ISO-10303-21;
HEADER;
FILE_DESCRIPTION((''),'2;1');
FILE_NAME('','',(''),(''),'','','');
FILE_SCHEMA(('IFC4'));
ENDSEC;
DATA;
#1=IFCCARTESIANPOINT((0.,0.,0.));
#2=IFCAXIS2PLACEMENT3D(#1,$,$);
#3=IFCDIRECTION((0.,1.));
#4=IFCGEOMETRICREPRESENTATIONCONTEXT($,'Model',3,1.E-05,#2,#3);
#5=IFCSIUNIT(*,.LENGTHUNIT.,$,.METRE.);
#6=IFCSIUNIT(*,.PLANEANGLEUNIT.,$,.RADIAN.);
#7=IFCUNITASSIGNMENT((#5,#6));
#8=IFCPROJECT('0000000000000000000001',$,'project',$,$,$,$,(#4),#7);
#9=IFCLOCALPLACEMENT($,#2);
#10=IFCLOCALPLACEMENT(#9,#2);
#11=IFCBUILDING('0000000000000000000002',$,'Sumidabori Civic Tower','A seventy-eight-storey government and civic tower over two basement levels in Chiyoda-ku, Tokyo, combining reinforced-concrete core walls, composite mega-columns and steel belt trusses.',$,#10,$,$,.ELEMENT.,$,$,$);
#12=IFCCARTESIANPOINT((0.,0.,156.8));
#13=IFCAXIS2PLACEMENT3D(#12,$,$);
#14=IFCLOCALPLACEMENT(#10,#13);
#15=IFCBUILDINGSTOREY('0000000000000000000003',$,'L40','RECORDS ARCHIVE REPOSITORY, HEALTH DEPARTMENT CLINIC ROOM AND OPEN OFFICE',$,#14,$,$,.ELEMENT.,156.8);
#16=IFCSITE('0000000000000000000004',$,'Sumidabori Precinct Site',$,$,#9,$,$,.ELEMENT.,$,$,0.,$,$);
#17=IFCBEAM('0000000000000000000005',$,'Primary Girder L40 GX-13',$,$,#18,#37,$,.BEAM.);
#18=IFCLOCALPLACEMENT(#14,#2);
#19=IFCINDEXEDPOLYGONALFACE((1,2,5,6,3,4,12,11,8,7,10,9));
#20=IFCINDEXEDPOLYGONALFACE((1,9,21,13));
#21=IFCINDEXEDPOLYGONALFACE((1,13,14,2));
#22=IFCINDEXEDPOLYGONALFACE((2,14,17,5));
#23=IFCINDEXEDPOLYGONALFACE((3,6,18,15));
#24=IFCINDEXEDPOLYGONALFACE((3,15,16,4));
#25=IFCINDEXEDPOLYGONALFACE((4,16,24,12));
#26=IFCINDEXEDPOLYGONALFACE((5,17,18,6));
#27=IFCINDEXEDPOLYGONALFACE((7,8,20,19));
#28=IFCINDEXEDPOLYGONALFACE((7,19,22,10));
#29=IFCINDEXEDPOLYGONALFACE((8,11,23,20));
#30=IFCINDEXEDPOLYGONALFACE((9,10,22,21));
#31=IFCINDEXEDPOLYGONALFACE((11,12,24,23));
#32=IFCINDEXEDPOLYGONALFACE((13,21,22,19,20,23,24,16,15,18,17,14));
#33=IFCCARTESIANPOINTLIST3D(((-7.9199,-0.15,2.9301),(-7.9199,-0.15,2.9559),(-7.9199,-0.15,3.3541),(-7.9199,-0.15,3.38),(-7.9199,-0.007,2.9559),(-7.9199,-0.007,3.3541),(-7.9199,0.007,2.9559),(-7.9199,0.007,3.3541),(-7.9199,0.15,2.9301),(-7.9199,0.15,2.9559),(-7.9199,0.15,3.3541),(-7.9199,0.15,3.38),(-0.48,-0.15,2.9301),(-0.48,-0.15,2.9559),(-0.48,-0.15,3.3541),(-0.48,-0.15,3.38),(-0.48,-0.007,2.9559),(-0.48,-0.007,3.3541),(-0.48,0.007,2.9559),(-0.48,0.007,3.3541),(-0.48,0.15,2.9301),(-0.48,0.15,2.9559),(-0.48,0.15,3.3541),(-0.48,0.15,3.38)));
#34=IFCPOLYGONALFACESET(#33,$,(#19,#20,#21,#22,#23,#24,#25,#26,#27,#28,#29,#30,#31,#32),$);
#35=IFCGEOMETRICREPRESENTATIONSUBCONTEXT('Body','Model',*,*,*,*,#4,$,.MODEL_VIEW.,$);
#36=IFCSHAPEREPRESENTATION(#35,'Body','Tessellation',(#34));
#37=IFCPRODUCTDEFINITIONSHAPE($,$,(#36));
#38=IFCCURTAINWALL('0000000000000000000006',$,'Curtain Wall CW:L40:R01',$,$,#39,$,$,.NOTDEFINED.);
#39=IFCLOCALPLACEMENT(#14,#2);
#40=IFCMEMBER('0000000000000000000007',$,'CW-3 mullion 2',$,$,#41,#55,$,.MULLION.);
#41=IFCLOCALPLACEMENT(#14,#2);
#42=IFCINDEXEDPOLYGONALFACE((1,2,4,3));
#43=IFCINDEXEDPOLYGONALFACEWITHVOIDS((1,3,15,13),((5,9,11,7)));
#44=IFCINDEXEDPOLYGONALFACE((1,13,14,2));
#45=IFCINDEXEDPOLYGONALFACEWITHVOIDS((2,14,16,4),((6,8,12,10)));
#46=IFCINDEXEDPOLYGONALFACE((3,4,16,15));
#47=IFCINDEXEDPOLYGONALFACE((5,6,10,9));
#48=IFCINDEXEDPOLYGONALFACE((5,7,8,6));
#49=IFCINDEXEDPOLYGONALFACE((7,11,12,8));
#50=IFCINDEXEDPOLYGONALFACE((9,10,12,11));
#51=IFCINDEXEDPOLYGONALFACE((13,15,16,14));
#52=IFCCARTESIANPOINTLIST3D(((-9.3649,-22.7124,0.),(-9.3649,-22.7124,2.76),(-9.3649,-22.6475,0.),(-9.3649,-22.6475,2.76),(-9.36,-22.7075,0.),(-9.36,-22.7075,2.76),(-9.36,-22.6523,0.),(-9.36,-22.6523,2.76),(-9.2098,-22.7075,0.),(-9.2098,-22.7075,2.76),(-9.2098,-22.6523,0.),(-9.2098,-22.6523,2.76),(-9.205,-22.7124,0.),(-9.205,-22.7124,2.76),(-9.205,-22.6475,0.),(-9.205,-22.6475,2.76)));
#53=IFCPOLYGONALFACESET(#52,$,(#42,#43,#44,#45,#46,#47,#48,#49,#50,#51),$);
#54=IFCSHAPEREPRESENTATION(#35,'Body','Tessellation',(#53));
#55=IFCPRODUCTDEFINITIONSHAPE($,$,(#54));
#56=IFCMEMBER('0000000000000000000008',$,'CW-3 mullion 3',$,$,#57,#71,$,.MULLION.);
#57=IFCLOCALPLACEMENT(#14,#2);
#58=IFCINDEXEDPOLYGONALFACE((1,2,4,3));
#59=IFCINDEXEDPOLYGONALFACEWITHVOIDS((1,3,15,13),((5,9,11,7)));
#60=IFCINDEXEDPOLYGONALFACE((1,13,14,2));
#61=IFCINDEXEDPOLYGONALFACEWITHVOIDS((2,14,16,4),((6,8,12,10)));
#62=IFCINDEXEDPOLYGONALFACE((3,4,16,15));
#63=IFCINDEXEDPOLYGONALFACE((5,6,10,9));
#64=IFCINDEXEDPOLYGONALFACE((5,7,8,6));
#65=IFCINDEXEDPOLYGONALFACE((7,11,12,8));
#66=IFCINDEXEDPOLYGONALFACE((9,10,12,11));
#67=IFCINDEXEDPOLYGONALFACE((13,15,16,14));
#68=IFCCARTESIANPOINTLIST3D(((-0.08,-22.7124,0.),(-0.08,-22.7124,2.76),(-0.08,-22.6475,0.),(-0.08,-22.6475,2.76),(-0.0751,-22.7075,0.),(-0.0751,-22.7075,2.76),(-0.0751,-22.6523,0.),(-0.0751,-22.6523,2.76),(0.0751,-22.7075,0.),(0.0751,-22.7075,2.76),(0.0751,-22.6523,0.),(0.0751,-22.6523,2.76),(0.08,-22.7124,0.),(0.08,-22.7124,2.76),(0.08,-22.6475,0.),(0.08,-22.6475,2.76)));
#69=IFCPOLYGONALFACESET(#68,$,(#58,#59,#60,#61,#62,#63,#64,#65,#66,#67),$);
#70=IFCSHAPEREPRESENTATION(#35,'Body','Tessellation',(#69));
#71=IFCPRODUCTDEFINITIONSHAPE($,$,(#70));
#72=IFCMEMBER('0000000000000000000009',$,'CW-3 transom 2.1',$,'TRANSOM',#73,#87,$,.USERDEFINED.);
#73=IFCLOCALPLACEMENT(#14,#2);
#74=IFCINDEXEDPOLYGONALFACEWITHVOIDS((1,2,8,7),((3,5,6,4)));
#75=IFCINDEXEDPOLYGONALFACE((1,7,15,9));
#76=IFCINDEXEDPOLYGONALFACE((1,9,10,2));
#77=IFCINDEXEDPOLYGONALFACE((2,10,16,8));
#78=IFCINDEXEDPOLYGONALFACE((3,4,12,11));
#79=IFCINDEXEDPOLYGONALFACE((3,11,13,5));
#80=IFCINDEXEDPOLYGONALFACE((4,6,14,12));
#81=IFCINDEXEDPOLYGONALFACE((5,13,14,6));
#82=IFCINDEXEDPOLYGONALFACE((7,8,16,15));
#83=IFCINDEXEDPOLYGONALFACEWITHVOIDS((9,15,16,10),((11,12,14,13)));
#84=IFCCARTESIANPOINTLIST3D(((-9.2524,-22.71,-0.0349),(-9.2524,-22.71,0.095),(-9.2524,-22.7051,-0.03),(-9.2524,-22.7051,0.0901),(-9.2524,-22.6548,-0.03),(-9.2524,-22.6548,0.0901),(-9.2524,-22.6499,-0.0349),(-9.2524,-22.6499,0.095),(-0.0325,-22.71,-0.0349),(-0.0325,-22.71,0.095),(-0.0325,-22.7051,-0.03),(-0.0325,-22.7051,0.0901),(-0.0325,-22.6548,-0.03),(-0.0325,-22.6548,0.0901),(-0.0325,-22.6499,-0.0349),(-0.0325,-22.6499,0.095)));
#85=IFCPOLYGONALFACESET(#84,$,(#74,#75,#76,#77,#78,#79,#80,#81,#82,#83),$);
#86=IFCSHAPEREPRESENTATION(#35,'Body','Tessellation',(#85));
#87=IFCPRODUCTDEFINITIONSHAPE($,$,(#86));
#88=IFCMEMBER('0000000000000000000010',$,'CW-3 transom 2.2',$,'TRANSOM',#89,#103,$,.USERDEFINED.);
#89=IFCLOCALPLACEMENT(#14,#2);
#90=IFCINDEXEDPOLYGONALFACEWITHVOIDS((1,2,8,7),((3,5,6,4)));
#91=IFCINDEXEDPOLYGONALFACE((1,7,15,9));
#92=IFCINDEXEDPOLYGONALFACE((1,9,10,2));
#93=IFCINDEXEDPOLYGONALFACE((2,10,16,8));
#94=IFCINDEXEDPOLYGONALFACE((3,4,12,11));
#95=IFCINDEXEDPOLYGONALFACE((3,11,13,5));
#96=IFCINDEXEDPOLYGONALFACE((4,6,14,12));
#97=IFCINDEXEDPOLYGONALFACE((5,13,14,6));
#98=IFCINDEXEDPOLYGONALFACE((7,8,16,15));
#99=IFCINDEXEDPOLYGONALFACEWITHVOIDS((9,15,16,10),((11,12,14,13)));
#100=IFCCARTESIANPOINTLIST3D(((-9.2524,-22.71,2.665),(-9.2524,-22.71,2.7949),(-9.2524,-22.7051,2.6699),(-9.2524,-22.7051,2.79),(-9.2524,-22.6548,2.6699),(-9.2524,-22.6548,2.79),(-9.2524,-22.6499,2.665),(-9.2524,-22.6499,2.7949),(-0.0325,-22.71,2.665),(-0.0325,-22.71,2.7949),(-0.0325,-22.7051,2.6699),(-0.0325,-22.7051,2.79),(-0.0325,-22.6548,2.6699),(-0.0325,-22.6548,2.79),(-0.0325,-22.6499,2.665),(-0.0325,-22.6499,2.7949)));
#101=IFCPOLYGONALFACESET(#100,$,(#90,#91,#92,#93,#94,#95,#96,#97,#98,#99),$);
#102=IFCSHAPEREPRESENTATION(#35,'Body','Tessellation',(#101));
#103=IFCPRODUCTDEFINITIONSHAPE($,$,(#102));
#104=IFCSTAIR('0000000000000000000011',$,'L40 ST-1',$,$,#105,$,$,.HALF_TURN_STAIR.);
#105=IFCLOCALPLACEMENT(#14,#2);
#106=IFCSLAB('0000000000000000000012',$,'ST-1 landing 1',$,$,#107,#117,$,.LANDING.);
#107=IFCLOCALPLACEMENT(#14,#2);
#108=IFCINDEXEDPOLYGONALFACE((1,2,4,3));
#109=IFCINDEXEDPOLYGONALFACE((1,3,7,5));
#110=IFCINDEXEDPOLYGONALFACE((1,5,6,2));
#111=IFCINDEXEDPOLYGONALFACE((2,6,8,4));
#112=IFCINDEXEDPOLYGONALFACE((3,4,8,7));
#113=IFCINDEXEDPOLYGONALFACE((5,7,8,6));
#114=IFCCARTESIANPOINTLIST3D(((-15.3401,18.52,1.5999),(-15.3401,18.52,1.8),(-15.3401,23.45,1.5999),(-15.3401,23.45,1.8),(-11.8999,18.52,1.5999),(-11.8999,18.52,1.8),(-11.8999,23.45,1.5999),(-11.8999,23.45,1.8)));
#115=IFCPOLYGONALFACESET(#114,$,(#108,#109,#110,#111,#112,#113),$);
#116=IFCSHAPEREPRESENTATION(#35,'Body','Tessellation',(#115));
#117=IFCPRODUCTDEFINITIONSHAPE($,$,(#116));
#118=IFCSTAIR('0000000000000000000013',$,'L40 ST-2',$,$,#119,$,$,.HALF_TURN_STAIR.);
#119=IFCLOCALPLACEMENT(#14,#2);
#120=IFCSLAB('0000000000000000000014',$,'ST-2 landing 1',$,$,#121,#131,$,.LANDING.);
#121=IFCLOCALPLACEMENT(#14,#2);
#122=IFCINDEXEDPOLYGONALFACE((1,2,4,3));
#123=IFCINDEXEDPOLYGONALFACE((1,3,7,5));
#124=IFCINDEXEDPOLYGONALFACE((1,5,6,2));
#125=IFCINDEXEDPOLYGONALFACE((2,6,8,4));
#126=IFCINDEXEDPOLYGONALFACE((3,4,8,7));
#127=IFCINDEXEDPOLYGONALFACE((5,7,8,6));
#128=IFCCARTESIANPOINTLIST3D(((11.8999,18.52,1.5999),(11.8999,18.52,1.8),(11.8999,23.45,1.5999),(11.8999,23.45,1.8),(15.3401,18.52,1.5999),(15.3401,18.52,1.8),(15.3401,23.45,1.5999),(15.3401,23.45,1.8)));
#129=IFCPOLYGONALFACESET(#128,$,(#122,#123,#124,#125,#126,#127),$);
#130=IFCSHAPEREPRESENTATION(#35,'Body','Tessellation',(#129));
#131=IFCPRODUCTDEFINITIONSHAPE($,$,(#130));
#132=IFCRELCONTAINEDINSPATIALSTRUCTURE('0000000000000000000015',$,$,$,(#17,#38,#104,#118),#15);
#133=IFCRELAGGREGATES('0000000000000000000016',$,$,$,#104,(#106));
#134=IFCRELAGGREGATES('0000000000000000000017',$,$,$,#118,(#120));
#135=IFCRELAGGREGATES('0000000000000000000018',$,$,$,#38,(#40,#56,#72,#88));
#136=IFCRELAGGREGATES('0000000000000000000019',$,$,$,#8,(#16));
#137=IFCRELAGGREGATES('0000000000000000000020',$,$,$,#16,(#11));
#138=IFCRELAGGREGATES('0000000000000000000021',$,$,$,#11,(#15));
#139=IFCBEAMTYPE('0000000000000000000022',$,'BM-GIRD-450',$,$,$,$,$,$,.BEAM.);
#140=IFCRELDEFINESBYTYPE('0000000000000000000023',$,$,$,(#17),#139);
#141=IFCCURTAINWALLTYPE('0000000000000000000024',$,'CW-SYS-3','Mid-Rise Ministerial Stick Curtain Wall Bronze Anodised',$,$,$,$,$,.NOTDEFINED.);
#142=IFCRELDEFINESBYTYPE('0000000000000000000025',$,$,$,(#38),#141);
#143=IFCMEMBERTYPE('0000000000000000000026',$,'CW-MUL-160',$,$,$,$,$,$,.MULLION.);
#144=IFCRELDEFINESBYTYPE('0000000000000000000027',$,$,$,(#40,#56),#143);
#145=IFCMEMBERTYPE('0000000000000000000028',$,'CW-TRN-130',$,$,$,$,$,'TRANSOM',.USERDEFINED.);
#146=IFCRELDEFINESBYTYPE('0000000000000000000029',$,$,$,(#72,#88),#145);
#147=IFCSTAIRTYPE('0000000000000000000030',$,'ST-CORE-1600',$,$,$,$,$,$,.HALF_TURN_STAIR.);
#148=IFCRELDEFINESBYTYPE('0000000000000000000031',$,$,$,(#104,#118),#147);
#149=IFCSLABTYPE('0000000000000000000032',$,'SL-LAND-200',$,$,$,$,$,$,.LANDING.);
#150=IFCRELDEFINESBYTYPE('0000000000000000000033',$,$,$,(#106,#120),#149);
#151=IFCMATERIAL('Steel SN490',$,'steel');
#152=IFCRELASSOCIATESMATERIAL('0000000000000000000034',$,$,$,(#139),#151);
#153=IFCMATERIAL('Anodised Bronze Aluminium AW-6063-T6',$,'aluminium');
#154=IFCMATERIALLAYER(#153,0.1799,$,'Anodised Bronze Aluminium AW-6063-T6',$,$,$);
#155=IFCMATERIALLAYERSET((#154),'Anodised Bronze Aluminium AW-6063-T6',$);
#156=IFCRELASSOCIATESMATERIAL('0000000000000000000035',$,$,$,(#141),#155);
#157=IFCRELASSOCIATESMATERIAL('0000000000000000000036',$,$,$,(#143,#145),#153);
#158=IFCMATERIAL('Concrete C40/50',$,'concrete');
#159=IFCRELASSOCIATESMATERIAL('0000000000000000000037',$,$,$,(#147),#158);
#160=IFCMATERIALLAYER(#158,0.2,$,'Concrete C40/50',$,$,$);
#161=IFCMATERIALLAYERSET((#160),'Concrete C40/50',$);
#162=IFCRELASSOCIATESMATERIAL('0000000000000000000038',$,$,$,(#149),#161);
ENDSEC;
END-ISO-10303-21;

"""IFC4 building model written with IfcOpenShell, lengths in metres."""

from ifc_helpers import new_model, si_unit, direction, frame, origin, origin_2d, place, context, subcontext, project, spatial, polyline, hollow_rectangle, i_section, outline, extrude, source, transform, mapped, material, layer, layer_set, material_profile, profile_set, type_object, element, aggregate, save


model = new_model("IFC4")

# Units and contexts
model_context = context("Model", 3, precision=1e-05, world=origin(), true_north=direction((0.0, 1.0)))
body_context = subcontext(model_context, "Body", "Model", "MODEL_VIEW")
ifc_project = project(units=[si_unit("LENGTHUNIT", "METRE"), si_unit("PLANEANGLEUNIT", "RADIAN")], contexts=[model_context])

# Site, building, storey
site_placement = place(None, origin())
site = spatial("IfcSite", under=ifc_project, at=site_placement, Name="Sumidabori Precinct Site", CompositionType="ELEMENT", RefElevation=0.0)
building_placement = place(site_placement, origin())
building = spatial("IfcBuilding", under=site, at=building_placement, Name="Sumidabori Civic Tower", Description="A seventy-eight-storey government and civic tower over two basement levels in Chiyoda-ku, Tokyo, combining reinforced-concrete core walls, composite mega-columns and steel belt trusses.", CompositionType="ELEMENT")
storey_placement = place(building_placement, frame((0.0, 0.0, 156.8)))
storey = spatial("IfcBuildingStorey", under=building, at=storey_placement, Name="L40", Description="RECORDS ARCHIVE REPOSITORY, HEALTH DEPARTMENT CLINIC ROOM AND OPEN OFFICE", CompositionType="ELEMENT", Elevation=156.8)

# Beam
ifc_material_1 = material(Name="Steel SN490", Category="steel")
ifc_material_profile_1 = material_profile(ifc_material_1, i_section(OverallWidth=0.3, OverallDepth=0.45, WebThickness=0.0139, FlangeThickness=0.0259, at=origin_2d()), Name="HE 450 B")
ifc_profile_set_1 = profile_set([ifc_material_profile_1], Name="Steel SN490")
beam_type_1 = type_object("IfcBeamType", Name="BM-GIRD-450", PredefinedType="BEAM", material=ifc_profile_set_1)
shared_shape_1 = source(origin(), body_context, "Body", "SweptSolid", [
    extrude(i_section(OverallWidth=0.3, OverallDepth=0.45, WebThickness=0.0139, FlangeThickness=0.0259, at=origin_2d()), origin(), (0.0, 0.0, 1.0), 7.4399),
])
for number, where, z_axis, x_axis, name in (
    (1, (-7.9199, 0.0, 3.155), (1.0, 0.0, 0.0), (0.0, 1.0, 0.0), "Primary Girder L40 GX-13"),
):
    element("IfcBeam", number, at=place(storey_placement, frame(where, z_axis=z_axis, x_axis=x_axis)), inside=storey, type_object=beam_type_1, Name=name, PredefinedType="BEAM", context=body_context, shape_type="MappedRepresentation", body=[
        mapped(shared_shape_1, transform((0.0, 0.0, 0.0), x_axis=(1.0, 0.0, 0.0), y_axis=(0.0, 1.0, 0.0), z_axis=(0.0, 0.0, 1.0), scale=1.0)),
    ])

# Curtain wall, members
ifc_material_2 = material(Name="Anodised Bronze Aluminium AW-6063-T6", Category="aluminium")
ifc_layer_1 = layer(ifc_material_2, 0.1799, Name="Anodised Bronze Aluminium AW-6063-T6")
ifc_layer_set_1 = layer_set([ifc_layer_1], Name="Anodised Bronze Aluminium AW-6063-T6")
curtain_wall_type = type_object("IfcCurtainWallType", Name="CW-SYS-3", Description="Mid-Rise Ministerial Stick Curtain Wall Bronze Anodised", PredefinedType="NOTDEFINED", material=ifc_layer_set_1)
curtain_wall_placement = place(storey_placement, origin())
curtain_wall = element("IfcCurtainWall", 2, at=curtain_wall_placement, inside=storey, type_object=curtain_wall_type, Name="Curtain Wall CW:L40:R01", PredefinedType="NOTDEFINED")
ifc_material_profile_2 = material_profile(ifc_material_2, hollow_rectangle(XDim=0.0649, YDim=0.1599, WallThickness=0.0049, at=origin_2d()), Name="ALU MULLION 160x65")
ifc_profile_set_2 = profile_set([ifc_material_profile_2], Name="Anodised Bronze Aluminium AW-6063-T6")
member_type_1 = type_object("IfcMemberType", Name="CW-MUL-160", PredefinedType="MULLION", material=ifc_profile_set_2)
shared_shape_2 = source(origin(), body_context, "Body", "SweptSolid", [
    extrude(hollow_rectangle(XDim=0.0649, YDim=0.1599, WallThickness=0.0049, at=origin_2d()), origin(), (0.0, 0.0, 1.0), 2.76),
])
member_1_placement = place(storey_placement, frame((-9.2849, -22.6799, 0.0), z_axis=(0.0, 0.0, 1.0), x_axis=(0.0, 1.0, 0.0)))
member_1 = element("IfcMember", 3, at=member_1_placement, type_object=member_type_1, Name="CW-3 mullion 2", PredefinedType="MULLION", context=body_context, shape_type="MappedRepresentation", body=[
    mapped(shared_shape_2, transform((0.0, 0.0, 0.0), x_axis=(1.0, 0.0, 0.0), y_axis=(0.0, 1.0, 0.0), z_axis=(0.0, 0.0, 1.0), scale=1.0)),
])
member_2_placement = place(storey_placement, frame((0.0, -22.6799, 0.0), z_axis=(0.0, 0.0, 1.0), x_axis=(0.0, 1.0, 0.0)))
member_2 = element("IfcMember", 4, at=member_2_placement, type_object=member_type_1, Name="CW-3 mullion 3", PredefinedType="MULLION", context=body_context, shape_type="MappedRepresentation", body=[
    mapped(shared_shape_2, transform((0.0, 0.0, 0.0), x_axis=(1.0, 0.0, 0.0), y_axis=(0.0, 1.0, 0.0), z_axis=(0.0, 0.0, 1.0), scale=1.0)),
])
ifc_material_profile_3 = material_profile(ifc_material_2, hollow_rectangle(XDim=0.0601, YDim=0.1299, WallThickness=0.0049, at=origin_2d()), Name="ALU TRANSOM 130x60")
ifc_profile_set_3 = profile_set([ifc_material_profile_3], Name="Anodised Bronze Aluminium AW-6063-T6")
member_type_2 = type_object("IfcMemberType", Name="CW-TRN-130", ElementType="TRANSOM", PredefinedType="USERDEFINED", material=ifc_profile_set_3)
shared_shape_3 = source(origin(), body_context, "Body", "SweptSolid", [
    extrude(hollow_rectangle(XDim=0.0601, YDim=0.1299, WallThickness=0.0049, at=origin_2d()), origin(), (0.0, 0.0, 1.0), 9.22),
])
member_3_placement = place(storey_placement, frame((-9.2524, -22.6799, 0.03), z_axis=(1.0, 0.0, 0.0), x_axis=(0.0, 1.0, 0.0)))
member_3 = element("IfcMember", 5, at=member_3_placement, type_object=member_type_2, Name="CW-3 transom 2.1", ObjectType="TRANSOM", PredefinedType="USERDEFINED", context=body_context, shape_type="MappedRepresentation", body=[
    mapped(shared_shape_3, transform((0.0, 0.0, 0.0), x_axis=(1.0, 0.0, 0.0), y_axis=(0.0, 1.0, 0.0), z_axis=(0.0, 0.0, 1.0), scale=1.0)),
])
member_4_placement = place(storey_placement, frame((-9.2524, -22.6799, 2.73), z_axis=(1.0, 0.0, 0.0), x_axis=(0.0, 1.0, 0.0)))
member_4 = element("IfcMember", 6, at=member_4_placement, type_object=member_type_2, Name="CW-3 transom 2.2", ObjectType="TRANSOM", PredefinedType="USERDEFINED", context=body_context, shape_type="MappedRepresentation", body=[
    mapped(shared_shape_3, transform((0.0, 0.0, 0.0), x_axis=(1.0, 0.0, 0.0), y_axis=(0.0, 1.0, 0.0), z_axis=(0.0, 0.0, 1.0), scale=1.0)),
])

# Stairs, slabs
ifc_material_3 = material(Name="Concrete C40/50", Category="concrete")
stair_type = type_object("IfcStairType", Name="ST-CORE-1600", PredefinedType="HALF_TURN_STAIR", material=ifc_material_3)
stair_1_placement = place(storey_placement, origin())
stair_1 = element("IfcStair", 7, at=stair_1_placement, inside=storey, type_object=stair_type, Name="L40 ST-1", PredefinedType="HALF_TURN_STAIR")
ifc_layer_2 = layer(ifc_material_3, 0.2, Name="Concrete C40/50")
ifc_layer_set_2 = layer_set([ifc_layer_2], Name="Concrete C40/50")
slab_type_1 = type_object("IfcSlabType", Name="SL-LAND-200", PredefinedType="LANDING", material=ifc_layer_set_2)
slab_1_placement = place(storey_placement, frame((0.0, 0.0, 1.5999)))
slab_1 = element("IfcSlab", 8, at=slab_1_placement, type_object=slab_type_1, Name="ST-1 landing 1", PredefinedType="LANDING", context=body_context, shape_type="SweptSolid", body=[
    extrude(outline(polyline([(-11.8999, 18.52), (-11.8999, 23.45), (-15.3401, 23.45), (-15.3401, 18.52), (-11.8999, 18.52)])), origin(), (0.0, 0.0, 1.0), 0.2002),
])
aggregate(stair_1, [slab_1])
stair_2_placement = place(storey_placement, origin())
stair_2 = element("IfcStair", 9, at=stair_2_placement, inside=storey, type_object=stair_type, Name="L40 ST-2", PredefinedType="HALF_TURN_STAIR")
slab_2_placement = place(storey_placement, frame((0.0, 0.0, 1.5999)))
slab_2 = element("IfcSlab", 10, at=slab_2_placement, type_object=slab_type_1, Name="ST-2 landing 1", PredefinedType="LANDING", context=body_context, shape_type="SweptSolid", body=[
    extrude(outline(polyline([(15.3401, 18.52), (15.3401, 23.45), (11.8999, 23.45), (11.8999, 18.52), (15.3401, 18.52)])), origin(), (0.0, 0.0, 1.0), 0.2002),
])
aggregate(stair_2, [slab_2])

aggregate(curtain_wall, [member_1, member_2, member_3, member_4])

save(model, "model.ifc")
